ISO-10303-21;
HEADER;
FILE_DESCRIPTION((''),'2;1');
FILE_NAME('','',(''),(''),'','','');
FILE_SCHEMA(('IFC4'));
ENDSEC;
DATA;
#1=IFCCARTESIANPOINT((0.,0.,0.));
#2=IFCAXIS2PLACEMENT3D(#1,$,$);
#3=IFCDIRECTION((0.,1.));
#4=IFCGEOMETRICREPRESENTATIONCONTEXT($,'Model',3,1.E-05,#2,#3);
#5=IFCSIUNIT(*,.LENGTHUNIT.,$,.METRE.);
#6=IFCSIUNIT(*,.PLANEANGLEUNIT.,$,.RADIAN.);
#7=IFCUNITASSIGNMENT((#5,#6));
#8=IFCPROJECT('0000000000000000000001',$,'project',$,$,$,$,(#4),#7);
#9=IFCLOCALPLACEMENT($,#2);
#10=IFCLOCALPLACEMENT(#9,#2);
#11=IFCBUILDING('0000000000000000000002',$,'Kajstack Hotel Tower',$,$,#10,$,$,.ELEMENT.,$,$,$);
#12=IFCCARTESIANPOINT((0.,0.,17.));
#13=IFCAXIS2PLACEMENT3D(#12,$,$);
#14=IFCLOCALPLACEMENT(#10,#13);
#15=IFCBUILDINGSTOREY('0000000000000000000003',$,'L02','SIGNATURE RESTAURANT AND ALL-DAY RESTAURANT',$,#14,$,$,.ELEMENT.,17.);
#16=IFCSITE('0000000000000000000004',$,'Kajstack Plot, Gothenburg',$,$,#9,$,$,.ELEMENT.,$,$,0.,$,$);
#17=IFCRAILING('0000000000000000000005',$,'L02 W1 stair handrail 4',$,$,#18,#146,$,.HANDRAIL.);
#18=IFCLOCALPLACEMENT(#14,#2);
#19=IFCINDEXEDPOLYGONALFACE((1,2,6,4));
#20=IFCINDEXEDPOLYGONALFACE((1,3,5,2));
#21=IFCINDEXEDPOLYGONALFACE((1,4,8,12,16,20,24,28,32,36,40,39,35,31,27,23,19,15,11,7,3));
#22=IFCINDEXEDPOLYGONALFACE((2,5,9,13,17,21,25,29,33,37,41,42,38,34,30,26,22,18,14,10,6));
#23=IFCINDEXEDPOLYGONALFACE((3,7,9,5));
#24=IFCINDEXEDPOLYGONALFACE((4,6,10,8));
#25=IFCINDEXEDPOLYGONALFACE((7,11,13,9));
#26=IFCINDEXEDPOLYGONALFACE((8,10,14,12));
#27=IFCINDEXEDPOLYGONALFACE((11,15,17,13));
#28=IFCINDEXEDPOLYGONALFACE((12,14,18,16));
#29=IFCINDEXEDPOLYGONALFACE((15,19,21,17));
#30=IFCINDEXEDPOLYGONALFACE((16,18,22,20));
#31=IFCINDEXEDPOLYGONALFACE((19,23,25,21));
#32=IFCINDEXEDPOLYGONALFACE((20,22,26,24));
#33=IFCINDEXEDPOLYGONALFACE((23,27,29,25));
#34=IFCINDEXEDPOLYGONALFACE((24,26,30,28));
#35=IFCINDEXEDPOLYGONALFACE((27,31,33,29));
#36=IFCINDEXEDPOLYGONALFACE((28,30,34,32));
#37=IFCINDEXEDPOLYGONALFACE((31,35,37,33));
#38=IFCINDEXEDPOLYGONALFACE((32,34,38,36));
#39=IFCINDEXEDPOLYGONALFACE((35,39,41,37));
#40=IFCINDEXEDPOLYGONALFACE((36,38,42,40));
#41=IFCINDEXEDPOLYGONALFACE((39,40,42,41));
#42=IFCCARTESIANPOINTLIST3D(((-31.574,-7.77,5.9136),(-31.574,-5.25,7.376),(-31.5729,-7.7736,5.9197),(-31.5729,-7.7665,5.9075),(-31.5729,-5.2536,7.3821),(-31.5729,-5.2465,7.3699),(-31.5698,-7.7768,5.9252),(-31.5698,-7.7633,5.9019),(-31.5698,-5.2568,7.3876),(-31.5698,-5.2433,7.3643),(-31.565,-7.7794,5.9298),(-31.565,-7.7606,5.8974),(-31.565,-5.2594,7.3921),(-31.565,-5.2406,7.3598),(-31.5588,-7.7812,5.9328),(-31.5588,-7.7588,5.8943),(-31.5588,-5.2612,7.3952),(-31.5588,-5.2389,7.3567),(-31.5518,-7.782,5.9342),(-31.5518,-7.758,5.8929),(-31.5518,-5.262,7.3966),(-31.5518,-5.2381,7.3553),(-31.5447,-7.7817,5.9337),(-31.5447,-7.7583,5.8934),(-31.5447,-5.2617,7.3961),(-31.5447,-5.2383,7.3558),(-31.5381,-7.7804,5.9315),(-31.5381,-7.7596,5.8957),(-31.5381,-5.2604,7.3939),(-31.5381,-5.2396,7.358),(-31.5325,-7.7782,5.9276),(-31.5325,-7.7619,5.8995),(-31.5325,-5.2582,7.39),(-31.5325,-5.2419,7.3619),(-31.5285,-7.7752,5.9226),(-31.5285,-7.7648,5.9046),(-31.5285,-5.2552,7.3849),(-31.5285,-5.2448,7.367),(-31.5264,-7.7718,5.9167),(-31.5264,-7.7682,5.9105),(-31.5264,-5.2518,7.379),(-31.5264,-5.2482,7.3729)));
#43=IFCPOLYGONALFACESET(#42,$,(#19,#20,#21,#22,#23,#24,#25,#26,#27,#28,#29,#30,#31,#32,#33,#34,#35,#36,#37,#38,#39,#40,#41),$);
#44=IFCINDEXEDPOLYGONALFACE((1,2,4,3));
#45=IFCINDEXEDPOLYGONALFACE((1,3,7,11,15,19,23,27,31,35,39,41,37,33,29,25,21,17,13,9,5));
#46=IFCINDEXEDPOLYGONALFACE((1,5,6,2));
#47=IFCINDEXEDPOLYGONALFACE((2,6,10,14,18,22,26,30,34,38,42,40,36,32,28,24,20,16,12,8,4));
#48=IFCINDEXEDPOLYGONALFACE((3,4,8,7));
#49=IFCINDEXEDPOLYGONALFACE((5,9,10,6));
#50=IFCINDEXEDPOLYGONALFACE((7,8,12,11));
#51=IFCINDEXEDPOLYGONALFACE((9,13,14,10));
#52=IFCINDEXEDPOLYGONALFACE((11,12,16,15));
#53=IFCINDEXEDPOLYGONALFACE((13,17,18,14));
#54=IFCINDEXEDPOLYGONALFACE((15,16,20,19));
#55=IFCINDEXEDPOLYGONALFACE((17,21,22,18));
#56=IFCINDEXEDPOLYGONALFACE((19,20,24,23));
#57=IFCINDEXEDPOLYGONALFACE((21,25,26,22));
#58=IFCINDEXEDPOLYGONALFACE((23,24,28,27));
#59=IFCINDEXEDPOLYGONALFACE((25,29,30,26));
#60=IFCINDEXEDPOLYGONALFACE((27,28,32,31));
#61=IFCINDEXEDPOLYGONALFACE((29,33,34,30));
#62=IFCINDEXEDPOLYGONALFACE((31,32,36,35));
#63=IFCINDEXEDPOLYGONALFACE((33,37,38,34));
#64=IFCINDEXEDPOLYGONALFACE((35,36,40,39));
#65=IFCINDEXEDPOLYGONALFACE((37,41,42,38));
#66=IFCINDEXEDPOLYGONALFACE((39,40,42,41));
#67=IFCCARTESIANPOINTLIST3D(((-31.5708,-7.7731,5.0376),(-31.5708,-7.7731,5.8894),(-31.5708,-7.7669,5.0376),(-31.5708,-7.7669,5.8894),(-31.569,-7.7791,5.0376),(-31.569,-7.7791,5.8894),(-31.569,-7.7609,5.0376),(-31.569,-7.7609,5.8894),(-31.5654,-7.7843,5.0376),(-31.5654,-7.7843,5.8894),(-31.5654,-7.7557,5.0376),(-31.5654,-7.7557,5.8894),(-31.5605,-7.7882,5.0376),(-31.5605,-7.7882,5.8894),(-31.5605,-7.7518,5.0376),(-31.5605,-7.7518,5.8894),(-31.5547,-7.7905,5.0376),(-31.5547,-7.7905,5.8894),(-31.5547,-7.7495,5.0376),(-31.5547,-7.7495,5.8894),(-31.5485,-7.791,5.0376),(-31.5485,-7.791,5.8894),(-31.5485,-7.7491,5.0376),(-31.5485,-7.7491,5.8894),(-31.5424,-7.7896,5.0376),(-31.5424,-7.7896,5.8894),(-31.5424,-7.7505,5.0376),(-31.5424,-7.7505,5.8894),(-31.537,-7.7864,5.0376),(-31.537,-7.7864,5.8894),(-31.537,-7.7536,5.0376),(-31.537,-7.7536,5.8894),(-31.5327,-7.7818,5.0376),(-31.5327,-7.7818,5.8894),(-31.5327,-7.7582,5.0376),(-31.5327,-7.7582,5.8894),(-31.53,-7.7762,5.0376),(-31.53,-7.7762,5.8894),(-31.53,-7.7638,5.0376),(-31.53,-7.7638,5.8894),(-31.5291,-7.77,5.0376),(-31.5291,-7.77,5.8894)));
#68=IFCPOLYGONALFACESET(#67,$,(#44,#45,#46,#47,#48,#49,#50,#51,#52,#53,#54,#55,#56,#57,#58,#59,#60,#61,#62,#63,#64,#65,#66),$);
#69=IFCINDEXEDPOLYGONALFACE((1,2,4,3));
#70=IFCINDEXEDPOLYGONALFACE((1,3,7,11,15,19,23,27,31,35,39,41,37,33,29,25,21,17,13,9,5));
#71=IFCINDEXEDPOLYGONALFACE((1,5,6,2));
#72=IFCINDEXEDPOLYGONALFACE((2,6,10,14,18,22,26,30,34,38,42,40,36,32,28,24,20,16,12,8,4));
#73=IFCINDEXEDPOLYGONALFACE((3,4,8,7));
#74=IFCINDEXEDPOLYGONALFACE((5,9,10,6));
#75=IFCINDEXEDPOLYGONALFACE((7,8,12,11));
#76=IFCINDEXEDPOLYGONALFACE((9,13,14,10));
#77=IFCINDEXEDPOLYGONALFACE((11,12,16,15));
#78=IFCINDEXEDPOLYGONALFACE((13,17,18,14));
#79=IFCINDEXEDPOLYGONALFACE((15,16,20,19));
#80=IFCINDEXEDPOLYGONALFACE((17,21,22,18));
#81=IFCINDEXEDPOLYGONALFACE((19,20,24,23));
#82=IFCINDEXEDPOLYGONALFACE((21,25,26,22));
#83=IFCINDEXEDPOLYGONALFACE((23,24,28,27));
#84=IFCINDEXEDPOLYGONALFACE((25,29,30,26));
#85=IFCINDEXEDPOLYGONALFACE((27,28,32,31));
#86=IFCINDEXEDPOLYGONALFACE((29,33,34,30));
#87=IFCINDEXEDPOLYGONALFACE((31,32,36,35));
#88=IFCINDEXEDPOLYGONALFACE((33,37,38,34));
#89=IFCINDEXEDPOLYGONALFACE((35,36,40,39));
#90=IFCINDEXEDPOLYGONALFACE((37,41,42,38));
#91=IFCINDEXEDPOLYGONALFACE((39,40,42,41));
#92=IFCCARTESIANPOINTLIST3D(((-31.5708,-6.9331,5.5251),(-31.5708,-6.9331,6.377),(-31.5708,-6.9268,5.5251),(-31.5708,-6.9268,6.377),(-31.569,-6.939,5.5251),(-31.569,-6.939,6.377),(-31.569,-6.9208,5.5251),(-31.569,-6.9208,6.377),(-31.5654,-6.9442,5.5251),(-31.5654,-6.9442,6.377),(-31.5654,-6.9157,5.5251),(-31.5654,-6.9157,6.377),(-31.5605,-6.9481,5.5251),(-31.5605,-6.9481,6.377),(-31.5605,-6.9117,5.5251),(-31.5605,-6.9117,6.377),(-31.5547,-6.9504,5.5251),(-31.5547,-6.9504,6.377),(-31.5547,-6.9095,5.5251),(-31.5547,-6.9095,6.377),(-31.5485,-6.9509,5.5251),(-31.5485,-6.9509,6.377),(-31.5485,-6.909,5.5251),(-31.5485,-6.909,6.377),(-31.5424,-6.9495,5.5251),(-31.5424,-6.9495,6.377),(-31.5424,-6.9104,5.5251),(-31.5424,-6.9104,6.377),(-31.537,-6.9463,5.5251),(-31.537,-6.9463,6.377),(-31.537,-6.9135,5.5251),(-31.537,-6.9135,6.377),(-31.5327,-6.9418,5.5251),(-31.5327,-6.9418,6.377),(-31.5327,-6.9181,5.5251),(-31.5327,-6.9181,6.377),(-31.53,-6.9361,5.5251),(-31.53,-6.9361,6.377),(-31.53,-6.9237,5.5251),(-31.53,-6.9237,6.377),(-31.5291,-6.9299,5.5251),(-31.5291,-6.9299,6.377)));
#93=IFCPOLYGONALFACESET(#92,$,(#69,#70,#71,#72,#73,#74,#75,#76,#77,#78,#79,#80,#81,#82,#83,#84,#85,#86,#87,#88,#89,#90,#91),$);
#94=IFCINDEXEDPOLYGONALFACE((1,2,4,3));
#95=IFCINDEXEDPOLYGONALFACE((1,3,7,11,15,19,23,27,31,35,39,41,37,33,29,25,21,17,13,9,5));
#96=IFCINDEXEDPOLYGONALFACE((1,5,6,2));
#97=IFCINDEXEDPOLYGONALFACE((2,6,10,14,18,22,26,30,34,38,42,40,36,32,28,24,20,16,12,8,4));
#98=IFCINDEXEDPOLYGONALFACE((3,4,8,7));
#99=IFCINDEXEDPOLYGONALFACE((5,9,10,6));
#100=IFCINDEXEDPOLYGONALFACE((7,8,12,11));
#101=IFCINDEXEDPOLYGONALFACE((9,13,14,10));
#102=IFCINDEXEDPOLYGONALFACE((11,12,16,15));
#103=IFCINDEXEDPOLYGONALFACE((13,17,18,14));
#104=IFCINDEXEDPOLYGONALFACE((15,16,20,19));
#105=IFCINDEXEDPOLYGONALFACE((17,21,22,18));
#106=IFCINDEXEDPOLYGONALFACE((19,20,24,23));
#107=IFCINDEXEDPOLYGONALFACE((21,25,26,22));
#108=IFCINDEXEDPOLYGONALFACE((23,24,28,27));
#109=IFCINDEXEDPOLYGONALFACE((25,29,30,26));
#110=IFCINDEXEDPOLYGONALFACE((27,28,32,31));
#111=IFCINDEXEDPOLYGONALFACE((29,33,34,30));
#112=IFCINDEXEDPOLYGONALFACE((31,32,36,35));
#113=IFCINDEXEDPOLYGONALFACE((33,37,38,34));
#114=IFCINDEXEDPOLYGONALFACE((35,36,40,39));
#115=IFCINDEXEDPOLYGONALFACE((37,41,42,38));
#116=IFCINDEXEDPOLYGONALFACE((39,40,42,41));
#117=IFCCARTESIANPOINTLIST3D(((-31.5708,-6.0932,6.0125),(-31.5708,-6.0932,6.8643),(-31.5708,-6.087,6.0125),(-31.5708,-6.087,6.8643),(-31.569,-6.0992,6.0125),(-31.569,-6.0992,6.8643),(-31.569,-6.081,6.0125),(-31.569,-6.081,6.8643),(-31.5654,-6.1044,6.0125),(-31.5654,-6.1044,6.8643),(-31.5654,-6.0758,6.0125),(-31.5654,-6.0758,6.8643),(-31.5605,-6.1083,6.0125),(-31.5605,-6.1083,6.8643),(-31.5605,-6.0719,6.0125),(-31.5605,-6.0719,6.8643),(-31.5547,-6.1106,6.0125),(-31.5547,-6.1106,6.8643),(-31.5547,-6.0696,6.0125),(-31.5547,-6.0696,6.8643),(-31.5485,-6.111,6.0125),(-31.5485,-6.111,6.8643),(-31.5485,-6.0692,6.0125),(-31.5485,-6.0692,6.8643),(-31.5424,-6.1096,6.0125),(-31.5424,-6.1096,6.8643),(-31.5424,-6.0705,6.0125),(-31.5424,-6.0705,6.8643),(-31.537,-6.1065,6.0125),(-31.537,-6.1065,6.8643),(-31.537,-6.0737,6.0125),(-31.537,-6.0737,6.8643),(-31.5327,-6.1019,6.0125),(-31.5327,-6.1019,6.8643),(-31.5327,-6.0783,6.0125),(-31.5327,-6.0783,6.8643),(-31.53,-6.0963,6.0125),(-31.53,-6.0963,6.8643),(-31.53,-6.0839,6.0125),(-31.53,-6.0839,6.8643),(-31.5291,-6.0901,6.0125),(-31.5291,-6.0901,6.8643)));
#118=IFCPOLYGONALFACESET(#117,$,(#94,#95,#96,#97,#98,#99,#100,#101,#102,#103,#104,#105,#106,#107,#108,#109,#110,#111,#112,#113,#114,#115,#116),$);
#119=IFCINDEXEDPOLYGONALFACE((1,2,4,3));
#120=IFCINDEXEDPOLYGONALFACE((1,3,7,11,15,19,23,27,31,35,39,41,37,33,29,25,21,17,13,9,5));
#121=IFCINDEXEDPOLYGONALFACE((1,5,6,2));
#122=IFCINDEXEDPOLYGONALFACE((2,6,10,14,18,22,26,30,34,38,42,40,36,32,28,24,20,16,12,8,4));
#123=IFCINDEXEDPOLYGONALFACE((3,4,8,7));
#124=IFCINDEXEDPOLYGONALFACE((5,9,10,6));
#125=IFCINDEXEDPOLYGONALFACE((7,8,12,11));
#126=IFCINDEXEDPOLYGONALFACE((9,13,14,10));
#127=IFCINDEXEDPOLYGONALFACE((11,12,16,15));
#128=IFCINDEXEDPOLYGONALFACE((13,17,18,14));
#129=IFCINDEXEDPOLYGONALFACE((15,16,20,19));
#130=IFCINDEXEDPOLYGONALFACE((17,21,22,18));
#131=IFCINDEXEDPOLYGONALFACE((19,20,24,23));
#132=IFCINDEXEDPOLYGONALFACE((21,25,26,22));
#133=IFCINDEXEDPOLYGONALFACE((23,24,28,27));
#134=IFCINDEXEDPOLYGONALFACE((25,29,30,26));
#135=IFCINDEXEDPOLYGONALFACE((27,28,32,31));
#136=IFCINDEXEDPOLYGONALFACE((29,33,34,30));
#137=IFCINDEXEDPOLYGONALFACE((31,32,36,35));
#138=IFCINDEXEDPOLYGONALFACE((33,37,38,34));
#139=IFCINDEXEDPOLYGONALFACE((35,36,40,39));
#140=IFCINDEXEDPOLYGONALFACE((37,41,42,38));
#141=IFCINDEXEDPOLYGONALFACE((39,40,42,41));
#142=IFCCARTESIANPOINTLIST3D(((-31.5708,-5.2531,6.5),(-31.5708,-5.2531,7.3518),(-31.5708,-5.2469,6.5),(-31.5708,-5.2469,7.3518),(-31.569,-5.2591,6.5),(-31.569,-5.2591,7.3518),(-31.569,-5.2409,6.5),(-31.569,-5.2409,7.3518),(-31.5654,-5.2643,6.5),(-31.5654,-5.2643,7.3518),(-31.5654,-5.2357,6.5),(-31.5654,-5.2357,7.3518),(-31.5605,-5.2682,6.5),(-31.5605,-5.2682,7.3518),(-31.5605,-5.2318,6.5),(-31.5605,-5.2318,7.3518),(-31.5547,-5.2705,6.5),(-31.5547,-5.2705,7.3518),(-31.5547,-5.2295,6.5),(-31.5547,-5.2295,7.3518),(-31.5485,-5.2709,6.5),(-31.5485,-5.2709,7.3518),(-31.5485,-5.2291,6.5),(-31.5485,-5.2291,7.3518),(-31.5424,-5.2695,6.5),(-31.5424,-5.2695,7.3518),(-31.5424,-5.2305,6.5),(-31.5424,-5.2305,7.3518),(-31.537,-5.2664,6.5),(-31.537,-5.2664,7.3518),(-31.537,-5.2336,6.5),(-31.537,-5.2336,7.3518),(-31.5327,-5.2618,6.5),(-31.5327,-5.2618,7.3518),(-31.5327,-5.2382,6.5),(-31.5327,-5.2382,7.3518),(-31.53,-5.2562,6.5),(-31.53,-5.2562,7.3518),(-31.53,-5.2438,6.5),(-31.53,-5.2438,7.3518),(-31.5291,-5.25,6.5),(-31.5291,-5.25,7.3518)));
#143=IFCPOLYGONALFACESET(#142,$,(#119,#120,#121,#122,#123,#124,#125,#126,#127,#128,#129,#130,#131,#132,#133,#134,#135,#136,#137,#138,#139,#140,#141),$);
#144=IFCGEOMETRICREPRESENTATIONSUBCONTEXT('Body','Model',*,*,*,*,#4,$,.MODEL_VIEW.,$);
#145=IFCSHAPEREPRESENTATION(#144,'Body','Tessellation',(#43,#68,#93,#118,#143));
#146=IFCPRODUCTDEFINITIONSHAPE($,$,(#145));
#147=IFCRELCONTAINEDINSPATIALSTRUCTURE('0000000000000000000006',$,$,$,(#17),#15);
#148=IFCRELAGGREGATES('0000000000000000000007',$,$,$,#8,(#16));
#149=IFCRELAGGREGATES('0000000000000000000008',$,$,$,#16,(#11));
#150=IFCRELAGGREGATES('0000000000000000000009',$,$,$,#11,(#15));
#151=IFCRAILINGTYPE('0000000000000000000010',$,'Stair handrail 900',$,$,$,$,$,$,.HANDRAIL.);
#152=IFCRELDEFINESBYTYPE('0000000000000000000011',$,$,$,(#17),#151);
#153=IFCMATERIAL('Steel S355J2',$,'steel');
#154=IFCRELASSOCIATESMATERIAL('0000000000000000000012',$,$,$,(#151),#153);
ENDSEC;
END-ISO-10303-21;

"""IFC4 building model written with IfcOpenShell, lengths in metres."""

from ifc_helpers import new_model, si_unit, direction, frame, origin, origin_2d, place, context, subcontext, project, spatial, circle, extrude, material, type_object, element, save


model = new_model("IFC4")

# Units and contexts
model_context = context("Model", 3, precision=1e-05, world=origin(), true_north=direction((0.0, 1.0)))
body_context = subcontext(model_context, "Body", "Model", "MODEL_VIEW")
ifc_project = project(units=[si_unit("LENGTHUNIT", "METRE"), si_unit("PLANEANGLEUNIT", "RADIAN")], contexts=[model_context])

# Site, building, storey
site_placement = place(None, origin())
site = spatial("IfcSite", under=ifc_project, at=site_placement, Name="Kajstack Plot, Gothenburg", CompositionType="ELEMENT", RefElevation=0.0)
building_placement = place(site_placement, origin())
building = spatial("IfcBuilding", under=site, at=building_placement, Name="Kajstack Hotel Tower", CompositionType="ELEMENT")
storey_placement = place(building_placement, frame((0.0, 0.0, 17.0)))
storey = spatial("IfcBuildingStorey", under=building, at=storey_placement, Name="L02", Description="SIGNATURE RESTAURANT AND ALL-DAY RESTAURANT", CompositionType="ELEMENT", Elevation=17.0)

# Railing
ifc_material_1 = material(Name="Steel S355J2", Category="steel")
railing_type_1 = type_object("IfcRailingType", Name="Stair handrail 900", PredefinedType="HANDRAIL", material=ifc_material_1)
railing_1_placement = place(storey_placement, frame((-31.55, -7.77, 5.0376)))
element("IfcRailing", 1, at=railing_1_placement, inside=storey, type_object=railing_type_1, Name="L02 W1 stair handrail 4", PredefinedType="HANDRAIL", context=body_context, shape_type="SweptSolid", body=[
    extrude(circle(Radius=0.0239, at=origin_2d()), frame((0.0, 0.0, 0.876), z_axis=(0.0, 0.864913, 0.501921), x_axis=(-1.0, 0.0, 0.0)), (0.0, 0.0, 1.0), 2.9136),
    extrude(circle(Radius=0.021, at=origin_2d()), origin(), (0.0, 0.0, 1.0), 0.8518),
    extrude(circle(Radius=0.021, at=origin_2d()), frame((0.0, 0.8401, 0.4875)), (0.0, 0.0, 1.0), 0.8518),
    extrude(circle(Radius=0.021, at=origin_2d()), frame((0.0, 1.6799, 0.9749)), (0.0, 0.0, 1.0), 0.8518),
    extrude(circle(Radius=0.021, at=origin_2d()), frame((0.0, 2.52, 1.4624)), (0.0, 0.0, 1.0), 0.8518),
])

save(model, "model.ifc")
